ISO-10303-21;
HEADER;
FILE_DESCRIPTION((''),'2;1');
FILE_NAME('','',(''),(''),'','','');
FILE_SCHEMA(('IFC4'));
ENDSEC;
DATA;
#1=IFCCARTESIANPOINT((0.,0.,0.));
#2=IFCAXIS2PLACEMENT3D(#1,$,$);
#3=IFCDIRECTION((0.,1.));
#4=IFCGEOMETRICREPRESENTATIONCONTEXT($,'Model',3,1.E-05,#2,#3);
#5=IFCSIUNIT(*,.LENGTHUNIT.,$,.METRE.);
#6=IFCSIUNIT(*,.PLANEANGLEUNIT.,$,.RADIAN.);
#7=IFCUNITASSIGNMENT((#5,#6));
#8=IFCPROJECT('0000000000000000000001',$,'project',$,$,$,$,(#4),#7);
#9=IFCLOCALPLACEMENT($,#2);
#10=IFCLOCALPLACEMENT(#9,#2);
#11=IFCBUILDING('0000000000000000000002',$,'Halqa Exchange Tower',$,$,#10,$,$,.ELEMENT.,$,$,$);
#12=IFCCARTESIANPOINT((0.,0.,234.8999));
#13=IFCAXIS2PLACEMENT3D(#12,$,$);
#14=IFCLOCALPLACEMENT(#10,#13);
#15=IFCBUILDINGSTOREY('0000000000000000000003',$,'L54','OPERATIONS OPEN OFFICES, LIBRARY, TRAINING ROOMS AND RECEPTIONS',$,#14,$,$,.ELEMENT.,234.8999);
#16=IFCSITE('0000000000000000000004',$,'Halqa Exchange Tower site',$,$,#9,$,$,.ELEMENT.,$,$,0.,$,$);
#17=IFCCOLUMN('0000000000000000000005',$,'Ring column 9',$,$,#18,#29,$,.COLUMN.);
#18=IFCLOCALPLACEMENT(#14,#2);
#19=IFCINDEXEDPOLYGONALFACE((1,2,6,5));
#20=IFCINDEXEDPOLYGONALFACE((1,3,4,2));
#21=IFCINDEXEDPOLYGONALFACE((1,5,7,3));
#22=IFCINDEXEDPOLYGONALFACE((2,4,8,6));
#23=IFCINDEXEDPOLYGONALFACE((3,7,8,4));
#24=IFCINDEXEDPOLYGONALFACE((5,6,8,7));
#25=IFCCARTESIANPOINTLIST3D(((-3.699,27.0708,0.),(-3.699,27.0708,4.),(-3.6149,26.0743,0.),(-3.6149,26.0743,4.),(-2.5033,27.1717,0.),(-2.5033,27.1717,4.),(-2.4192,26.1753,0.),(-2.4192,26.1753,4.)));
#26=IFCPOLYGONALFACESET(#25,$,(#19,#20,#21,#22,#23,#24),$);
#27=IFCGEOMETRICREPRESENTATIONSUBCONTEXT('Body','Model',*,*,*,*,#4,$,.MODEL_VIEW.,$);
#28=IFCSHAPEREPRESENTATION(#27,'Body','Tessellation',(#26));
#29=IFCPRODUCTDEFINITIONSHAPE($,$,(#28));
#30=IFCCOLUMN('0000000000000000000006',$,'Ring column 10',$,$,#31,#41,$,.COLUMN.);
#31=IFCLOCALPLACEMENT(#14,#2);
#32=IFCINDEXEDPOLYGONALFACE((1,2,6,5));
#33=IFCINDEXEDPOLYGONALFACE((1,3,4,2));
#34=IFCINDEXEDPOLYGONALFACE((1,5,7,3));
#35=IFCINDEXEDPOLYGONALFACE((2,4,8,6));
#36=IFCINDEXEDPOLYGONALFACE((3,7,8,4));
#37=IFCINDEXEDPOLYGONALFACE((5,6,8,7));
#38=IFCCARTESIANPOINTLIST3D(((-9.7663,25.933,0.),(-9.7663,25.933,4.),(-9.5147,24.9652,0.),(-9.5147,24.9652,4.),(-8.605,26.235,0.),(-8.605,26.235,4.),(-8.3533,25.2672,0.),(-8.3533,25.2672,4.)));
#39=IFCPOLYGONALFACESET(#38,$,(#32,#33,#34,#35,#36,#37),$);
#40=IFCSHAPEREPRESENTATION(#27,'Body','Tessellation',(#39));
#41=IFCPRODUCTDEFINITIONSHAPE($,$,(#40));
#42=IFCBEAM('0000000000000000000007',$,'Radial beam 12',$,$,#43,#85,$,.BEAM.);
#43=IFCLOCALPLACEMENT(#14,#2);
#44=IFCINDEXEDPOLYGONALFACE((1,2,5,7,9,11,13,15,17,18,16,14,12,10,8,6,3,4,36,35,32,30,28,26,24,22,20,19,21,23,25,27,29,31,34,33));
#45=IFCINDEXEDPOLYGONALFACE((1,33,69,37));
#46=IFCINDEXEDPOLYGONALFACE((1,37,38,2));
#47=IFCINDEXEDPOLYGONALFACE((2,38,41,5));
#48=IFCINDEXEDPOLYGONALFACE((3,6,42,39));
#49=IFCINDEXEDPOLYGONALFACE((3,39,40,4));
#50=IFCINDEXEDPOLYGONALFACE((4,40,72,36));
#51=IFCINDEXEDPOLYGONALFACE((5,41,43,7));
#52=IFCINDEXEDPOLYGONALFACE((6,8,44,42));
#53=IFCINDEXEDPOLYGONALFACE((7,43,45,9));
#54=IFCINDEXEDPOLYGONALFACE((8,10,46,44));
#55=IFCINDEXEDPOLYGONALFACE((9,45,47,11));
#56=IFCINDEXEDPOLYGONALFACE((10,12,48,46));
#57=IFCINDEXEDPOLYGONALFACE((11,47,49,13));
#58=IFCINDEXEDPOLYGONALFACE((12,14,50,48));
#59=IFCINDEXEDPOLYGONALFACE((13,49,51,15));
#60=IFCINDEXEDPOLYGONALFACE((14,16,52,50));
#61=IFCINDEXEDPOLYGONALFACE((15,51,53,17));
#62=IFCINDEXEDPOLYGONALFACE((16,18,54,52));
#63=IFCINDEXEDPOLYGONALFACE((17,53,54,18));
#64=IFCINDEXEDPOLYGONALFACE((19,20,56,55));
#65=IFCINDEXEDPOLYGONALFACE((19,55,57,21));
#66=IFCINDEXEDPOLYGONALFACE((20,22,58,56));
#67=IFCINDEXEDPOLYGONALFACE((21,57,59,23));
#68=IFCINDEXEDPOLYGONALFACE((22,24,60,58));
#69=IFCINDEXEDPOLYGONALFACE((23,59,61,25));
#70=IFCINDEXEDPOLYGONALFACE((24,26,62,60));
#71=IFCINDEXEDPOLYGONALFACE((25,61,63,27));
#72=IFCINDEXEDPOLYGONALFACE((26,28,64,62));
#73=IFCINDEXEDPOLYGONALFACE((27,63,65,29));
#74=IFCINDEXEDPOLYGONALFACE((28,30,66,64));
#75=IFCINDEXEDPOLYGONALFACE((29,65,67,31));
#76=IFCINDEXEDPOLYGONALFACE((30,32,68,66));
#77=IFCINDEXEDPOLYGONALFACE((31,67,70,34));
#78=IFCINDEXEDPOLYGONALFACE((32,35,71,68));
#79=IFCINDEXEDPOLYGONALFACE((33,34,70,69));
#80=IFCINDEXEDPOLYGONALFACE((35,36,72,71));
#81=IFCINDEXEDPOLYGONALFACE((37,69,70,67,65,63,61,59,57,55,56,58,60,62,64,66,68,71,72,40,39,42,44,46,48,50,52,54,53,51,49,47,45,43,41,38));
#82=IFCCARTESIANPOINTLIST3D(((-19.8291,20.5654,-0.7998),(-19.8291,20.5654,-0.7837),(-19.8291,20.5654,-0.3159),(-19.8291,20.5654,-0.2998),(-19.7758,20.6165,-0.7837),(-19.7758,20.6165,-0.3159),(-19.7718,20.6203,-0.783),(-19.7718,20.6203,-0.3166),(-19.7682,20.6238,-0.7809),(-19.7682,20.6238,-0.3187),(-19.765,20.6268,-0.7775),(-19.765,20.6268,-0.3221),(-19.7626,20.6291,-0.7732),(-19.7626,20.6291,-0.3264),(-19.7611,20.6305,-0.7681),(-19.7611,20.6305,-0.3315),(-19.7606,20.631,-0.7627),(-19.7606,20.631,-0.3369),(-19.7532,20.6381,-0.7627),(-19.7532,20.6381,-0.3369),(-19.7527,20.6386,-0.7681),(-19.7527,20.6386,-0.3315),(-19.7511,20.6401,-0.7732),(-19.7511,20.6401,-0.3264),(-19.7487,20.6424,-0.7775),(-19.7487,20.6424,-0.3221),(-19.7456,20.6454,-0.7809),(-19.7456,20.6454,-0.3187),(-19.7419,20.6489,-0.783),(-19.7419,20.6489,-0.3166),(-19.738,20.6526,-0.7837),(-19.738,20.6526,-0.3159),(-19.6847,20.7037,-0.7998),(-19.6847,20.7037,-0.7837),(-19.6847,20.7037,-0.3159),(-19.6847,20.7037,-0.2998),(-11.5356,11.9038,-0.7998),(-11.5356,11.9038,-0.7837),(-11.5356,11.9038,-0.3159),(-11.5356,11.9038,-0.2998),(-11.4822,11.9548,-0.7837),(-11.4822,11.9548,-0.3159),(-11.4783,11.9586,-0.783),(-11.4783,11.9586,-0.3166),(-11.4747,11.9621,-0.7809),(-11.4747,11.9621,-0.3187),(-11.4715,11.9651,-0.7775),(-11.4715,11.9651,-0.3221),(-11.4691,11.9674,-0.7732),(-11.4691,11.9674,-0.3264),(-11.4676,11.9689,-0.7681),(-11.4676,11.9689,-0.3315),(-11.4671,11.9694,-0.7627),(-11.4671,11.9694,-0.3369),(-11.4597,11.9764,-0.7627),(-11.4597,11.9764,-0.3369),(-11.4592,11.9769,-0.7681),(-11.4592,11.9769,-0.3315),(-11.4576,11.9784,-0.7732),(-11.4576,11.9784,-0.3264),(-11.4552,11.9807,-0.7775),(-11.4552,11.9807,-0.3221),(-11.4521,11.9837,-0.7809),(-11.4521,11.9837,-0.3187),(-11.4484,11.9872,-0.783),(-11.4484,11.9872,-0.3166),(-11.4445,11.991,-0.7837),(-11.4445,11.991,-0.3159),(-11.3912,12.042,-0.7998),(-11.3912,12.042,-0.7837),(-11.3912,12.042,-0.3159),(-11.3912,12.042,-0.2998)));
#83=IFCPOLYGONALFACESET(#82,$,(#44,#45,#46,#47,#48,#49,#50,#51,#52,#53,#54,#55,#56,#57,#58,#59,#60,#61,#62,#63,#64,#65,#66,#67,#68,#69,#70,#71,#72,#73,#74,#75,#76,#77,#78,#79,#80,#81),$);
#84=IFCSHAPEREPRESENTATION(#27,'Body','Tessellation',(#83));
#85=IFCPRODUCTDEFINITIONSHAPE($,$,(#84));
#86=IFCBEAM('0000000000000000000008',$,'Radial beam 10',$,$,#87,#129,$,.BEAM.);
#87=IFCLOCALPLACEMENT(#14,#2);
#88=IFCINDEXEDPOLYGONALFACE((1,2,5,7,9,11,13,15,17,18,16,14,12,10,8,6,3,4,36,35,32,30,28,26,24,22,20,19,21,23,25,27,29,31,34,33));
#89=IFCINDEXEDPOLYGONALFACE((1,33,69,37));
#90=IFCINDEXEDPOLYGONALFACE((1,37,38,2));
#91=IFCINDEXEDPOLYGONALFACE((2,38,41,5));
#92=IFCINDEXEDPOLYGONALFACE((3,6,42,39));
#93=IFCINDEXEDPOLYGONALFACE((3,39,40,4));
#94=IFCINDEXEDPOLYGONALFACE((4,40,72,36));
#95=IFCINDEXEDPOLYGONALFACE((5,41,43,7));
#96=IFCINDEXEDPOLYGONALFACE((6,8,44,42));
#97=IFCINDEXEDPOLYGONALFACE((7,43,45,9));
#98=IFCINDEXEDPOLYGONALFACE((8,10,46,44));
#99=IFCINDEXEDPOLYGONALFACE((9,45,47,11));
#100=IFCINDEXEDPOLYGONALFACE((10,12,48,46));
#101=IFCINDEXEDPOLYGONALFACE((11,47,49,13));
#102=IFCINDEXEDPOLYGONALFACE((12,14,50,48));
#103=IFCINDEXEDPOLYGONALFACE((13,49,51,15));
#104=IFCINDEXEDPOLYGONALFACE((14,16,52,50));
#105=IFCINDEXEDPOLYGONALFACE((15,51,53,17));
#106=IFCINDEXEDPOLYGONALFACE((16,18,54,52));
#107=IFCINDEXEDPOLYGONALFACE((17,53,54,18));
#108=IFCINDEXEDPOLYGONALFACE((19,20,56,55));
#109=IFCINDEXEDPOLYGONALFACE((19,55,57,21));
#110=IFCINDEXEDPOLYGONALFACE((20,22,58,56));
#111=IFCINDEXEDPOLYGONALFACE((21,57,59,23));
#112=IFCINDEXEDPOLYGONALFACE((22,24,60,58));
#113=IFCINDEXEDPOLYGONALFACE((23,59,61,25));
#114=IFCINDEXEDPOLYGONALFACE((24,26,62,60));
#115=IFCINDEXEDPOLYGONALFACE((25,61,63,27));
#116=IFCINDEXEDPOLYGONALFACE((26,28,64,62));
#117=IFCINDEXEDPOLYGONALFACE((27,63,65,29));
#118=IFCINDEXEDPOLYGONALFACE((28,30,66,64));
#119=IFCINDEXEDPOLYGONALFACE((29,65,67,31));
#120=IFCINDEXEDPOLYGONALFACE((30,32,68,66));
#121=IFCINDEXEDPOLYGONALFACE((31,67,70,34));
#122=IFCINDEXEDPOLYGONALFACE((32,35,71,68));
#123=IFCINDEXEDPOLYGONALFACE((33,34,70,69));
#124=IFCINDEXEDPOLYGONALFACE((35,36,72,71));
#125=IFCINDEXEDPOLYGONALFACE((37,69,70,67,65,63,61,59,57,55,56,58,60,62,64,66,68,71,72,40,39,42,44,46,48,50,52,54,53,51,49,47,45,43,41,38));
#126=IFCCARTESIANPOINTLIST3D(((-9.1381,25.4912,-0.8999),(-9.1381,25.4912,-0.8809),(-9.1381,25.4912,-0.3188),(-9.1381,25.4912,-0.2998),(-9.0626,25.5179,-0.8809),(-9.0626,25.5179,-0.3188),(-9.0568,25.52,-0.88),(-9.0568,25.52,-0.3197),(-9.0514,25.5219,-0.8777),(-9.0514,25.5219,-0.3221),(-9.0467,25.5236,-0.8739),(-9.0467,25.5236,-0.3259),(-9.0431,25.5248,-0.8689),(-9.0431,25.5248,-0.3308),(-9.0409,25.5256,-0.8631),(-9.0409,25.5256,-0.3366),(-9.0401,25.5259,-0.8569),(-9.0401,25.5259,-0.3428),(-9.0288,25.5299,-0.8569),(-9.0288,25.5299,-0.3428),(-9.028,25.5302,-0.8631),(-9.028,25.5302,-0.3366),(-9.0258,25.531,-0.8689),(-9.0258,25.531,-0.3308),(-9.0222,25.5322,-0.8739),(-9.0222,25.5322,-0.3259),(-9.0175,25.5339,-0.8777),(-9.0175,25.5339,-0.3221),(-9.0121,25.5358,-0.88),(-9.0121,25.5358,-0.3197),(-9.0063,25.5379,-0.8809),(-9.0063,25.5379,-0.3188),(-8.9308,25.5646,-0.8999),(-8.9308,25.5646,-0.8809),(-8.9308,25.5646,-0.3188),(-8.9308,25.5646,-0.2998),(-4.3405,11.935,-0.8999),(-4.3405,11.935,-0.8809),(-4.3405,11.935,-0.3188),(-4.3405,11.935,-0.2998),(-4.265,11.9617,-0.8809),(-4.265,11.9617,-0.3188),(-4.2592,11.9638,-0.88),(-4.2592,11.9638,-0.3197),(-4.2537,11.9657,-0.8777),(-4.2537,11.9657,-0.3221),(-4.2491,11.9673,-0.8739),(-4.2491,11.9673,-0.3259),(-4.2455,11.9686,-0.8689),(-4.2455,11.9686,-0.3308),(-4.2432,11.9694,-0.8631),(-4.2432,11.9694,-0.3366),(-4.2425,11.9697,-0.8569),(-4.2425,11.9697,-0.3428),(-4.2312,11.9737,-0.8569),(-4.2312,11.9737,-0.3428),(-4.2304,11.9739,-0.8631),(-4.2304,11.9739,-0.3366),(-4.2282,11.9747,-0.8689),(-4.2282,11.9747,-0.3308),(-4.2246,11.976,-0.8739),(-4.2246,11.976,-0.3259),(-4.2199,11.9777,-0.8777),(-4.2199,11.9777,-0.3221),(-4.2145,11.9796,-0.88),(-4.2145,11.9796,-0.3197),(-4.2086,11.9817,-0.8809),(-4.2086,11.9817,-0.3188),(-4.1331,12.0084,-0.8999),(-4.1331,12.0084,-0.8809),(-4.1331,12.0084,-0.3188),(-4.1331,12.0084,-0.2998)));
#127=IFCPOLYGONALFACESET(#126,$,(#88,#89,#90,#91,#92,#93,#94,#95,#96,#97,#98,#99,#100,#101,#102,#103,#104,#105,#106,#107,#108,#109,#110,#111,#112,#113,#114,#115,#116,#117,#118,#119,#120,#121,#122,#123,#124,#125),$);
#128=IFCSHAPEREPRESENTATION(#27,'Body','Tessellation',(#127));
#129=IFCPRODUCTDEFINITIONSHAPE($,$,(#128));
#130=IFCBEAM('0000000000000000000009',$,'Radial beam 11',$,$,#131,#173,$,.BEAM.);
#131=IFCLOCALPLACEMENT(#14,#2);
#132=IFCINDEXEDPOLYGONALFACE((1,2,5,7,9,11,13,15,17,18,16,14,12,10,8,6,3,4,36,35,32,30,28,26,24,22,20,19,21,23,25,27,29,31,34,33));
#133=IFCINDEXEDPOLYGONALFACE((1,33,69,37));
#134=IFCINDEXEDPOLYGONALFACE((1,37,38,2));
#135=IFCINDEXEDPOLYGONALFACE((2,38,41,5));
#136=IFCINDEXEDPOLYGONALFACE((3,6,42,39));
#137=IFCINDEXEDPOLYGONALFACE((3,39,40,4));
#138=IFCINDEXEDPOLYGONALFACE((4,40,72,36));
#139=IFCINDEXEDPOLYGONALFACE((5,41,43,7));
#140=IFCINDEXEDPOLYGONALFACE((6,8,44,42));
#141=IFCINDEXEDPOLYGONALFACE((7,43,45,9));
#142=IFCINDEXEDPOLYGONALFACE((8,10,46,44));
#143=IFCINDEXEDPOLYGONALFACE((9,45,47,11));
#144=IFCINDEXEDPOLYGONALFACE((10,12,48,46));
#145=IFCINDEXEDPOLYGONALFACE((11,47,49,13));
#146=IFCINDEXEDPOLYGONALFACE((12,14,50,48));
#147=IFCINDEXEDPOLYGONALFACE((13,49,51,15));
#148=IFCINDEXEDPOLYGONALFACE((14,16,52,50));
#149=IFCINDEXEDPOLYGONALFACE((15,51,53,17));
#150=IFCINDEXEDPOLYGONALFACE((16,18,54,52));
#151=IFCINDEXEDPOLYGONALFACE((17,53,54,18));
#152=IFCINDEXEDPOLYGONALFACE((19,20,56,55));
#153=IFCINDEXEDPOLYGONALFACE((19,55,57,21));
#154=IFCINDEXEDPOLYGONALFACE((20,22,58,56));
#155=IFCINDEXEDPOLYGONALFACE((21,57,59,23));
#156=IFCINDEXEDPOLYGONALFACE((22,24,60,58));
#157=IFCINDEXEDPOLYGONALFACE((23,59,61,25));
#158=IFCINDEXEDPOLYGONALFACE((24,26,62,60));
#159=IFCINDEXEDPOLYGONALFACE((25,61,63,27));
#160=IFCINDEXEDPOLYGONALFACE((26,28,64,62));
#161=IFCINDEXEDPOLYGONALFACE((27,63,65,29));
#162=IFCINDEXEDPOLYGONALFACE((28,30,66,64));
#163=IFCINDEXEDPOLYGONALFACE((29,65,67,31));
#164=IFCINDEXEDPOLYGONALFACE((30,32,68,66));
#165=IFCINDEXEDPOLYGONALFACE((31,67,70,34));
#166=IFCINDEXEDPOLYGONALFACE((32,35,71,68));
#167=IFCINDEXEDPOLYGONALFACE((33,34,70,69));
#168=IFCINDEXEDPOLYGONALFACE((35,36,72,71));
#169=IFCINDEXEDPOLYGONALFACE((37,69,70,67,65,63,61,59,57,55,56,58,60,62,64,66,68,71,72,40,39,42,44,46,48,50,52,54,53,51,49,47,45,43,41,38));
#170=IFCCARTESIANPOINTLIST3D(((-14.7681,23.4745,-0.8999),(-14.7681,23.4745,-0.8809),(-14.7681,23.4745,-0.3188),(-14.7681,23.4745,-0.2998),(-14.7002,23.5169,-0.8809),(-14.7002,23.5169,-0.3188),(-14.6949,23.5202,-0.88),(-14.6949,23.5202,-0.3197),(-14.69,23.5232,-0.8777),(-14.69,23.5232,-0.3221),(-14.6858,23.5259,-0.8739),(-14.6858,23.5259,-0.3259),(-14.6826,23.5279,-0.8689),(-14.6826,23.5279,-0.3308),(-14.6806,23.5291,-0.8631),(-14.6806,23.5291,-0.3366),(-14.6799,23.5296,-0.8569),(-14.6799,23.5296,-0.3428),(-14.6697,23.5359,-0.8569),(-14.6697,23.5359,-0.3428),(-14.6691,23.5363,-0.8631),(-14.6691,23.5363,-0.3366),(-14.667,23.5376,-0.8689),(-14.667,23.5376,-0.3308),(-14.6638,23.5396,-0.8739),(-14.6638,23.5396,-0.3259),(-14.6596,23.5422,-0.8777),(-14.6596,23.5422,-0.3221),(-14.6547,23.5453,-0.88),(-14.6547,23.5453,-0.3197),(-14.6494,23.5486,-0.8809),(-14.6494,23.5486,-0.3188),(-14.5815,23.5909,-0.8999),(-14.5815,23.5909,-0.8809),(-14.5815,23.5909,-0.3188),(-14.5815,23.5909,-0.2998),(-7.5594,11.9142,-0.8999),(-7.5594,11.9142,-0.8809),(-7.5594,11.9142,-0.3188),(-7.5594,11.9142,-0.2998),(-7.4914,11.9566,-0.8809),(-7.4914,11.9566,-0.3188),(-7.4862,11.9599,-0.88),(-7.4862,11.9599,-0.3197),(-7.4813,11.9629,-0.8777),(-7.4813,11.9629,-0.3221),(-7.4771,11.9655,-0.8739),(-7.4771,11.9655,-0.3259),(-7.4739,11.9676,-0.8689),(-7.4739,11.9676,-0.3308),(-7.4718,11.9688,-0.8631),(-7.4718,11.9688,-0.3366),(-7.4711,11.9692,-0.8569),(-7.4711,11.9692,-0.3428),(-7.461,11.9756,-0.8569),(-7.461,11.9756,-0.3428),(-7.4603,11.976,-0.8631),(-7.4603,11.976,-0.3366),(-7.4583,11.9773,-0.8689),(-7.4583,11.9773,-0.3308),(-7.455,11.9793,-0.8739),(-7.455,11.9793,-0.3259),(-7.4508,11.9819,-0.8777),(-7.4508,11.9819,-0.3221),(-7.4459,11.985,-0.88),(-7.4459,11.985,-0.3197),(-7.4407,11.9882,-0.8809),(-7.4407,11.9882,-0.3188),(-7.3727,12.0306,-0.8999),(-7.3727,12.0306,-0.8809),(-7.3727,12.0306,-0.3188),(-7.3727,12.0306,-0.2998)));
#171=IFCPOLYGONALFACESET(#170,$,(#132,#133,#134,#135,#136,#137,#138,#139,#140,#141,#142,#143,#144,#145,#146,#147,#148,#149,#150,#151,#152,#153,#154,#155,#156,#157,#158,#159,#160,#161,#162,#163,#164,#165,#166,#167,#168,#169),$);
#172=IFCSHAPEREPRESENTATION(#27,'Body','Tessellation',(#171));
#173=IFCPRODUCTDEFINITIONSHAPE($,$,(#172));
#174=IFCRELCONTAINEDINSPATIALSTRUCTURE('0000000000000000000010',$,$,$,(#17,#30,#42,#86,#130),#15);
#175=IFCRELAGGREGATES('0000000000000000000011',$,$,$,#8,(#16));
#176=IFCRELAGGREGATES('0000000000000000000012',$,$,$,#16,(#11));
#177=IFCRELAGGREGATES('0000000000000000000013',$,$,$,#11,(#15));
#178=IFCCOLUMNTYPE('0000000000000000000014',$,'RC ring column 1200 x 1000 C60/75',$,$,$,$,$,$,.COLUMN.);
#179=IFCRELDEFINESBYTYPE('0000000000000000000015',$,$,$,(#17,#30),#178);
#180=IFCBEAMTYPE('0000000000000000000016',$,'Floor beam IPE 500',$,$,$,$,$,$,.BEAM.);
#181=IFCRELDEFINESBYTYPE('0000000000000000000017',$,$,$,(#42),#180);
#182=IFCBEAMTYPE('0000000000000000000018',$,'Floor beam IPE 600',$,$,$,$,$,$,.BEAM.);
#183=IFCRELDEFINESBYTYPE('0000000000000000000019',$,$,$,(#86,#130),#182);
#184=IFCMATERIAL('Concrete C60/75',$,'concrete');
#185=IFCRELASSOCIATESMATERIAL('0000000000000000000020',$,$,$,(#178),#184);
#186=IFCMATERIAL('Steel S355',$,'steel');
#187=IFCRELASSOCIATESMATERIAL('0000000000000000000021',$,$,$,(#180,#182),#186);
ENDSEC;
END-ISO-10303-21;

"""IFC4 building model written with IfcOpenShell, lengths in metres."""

from ifc_helpers import new_model, si_unit, direction, frame, origin, origin_2d, place, context, subcontext, project, spatial, rectangle, i_section, extrude, material, material_profile, profile_set, type_object, element, save


model = new_model("IFC4")

# Units and contexts
model_context = context("Model", 3, precision=1e-05, world=origin(), true_north=direction((0.0, 1.0)))
body_context = subcontext(model_context, "Body", "Model", "MODEL_VIEW")
ifc_project = project(units=[si_unit("LENGTHUNIT", "METRE"), si_unit("PLANEANGLEUNIT", "RADIAN")], contexts=[model_context])

# Site, building, storey
site_placement = place(None, origin())
site = spatial("IfcSite", under=ifc_project, at=site_placement, Name="Halqa Exchange Tower site", CompositionType="ELEMENT", RefElevation=0.0)
building_placement = place(site_placement, origin())
building = spatial("IfcBuilding", under=site, at=building_placement, Name="Halqa Exchange Tower", CompositionType="ELEMENT")
storey_placement = place(building_placement, frame((0.0, 0.0, 234.8999)))
storey = spatial("IfcBuildingStorey", under=building, at=storey_placement, Name="L54", Description="OPERATIONS OPEN OFFICES, LIBRARY, TRAINING ROOMS AND RECEPTIONS", CompositionType="ELEMENT", Elevation=234.8999)

# Columns
ifc_material_1 = material(Name="Concrete C60/75", Category="concrete")
ifc_material_profile_1 = material_profile(ifc_material_1, rectangle(XDim=1.2, YDim=1.0, at=origin_2d()), Name="1200 x 1000")
ifc_profile_set_1 = profile_set([ifc_material_profile_1], Name="Concrete C60/75")
column_type = type_object("IfcColumnType", Name="RC ring column 1200 x 1000 C60/75", PredefinedType="COLUMN", material=ifc_profile_set_1)
for number, where, z_axis, x_axis, name in (
    (1, (-3.0591, 26.623, 0.0), (0.0, 0.0, 1.0), (-0.996456, -0.084121, 0.0), "Ring column 9"),
    (2, (-9.0598, 25.6001, 0.0), (0.0, 0.0, 1.0), (-0.96782, -0.251645, 0.0), "Ring column 10"),
):
    element("IfcColumn", number, at=place(storey_placement, frame(where, z_axis=z_axis, x_axis=x_axis)), inside=storey, type_object=column_type, Name=name, PredefinedType="COLUMN", context=body_context, shape_type="SweptSolid", body=[
        extrude(rectangle(XDim=1.2, YDim=1.0, at=origin_2d()), origin(), (0.0, 0.0, 1.0), 4.0),
    ])

# Beams
ifc_material_2 = material(Name="Steel S355", Category="steel")
ifc_material_profile_2 = material_profile(ifc_material_2, i_section(OverallWidth=0.2, OverallDepth=0.5, WebThickness=0.0103, FlangeThickness=0.0161, FilletRadius=0.021, at=origin_2d()), Name="IPE 500")
ifc_profile_set_2 = profile_set([ifc_material_profile_2], Name="Steel S355")
beam_type_1 = type_object("IfcBeamType", Name="Floor beam IPE 500", PredefinedType="BEAM", material=ifc_profile_set_2)
beam_1_placement = place(storey_placement, frame((-11.4634, 11.9729, -0.5498), z_axis=(-0.69159, 0.722291, 0.0), x_axis=(-0.722291, -0.69159, 0.0)))
element("IfcBeam", 3, at=beam_1_placement, inside=storey, type_object=beam_type_1, Name="Radial beam 12", PredefinedType="BEAM", context=body_context, shape_type="SweptSolid", body=[
    extrude(i_section(OverallWidth=0.2, OverallDepth=0.5, WebThickness=0.0103, FlangeThickness=0.0161, FilletRadius=0.021, at=origin_2d()), origin(), (0.0, 0.0, 1.0), 11.9919),
])
ifc_material_profile_3 = material_profile(ifc_material_2, i_section(OverallWidth=0.22, OverallDepth=0.6001, WebThickness=0.012, FlangeThickness=0.019, FilletRadius=0.0239, at=origin_2d()), Name="IPE 600")
ifc_profile_set_3 = profile_set([ifc_material_profile_3], Name="Steel S355")
beam_type_2 = type_object("IfcBeamType", Name="Floor beam IPE 600", PredefinedType="BEAM", material=ifc_profile_set_3)
beam_2_placement = place(storey_placement, frame((-4.2368, 11.9717, -0.5999), z_axis=(-0.333629, 0.942704, 0.0), x_axis=(-0.942704, -0.333629, 0.0)))
element("IfcBeam", 4, at=beam_2_placement, inside=storey, type_object=beam_type_2, Name="Radial beam 10", PredefinedType="BEAM", context=body_context, shape_type="SweptSolid", body=[
    extrude(i_section(OverallWidth=0.22, OverallDepth=0.6001, WebThickness=0.012, FlangeThickness=0.019, FilletRadius=0.0239, at=origin_2d()), origin(), (0.0, 0.0, 1.0), 14.3801),
])
beam_3_placement = place(storey_placement, frame((-7.4661, 11.9724, -0.5999), z_axis=(-0.52913, 0.848541, 0.0), x_axis=(-0.848541, -0.52913, 0.0)))
element("IfcBeam", 5, at=beam_3_placement, inside=storey, type_object=beam_type_2, Name="Radial beam 11", PredefinedType="BEAM", context=body_context, shape_type="SweptSolid", body=[
    extrude(i_section(OverallWidth=0.22, OverallDepth=0.6001, WebThickness=0.012, FlangeThickness=0.019, FilletRadius=0.0239, at=origin_2d()), origin(), (0.0, 0.0, 1.0), 13.6238),
])

save(model, "model.ifc")
